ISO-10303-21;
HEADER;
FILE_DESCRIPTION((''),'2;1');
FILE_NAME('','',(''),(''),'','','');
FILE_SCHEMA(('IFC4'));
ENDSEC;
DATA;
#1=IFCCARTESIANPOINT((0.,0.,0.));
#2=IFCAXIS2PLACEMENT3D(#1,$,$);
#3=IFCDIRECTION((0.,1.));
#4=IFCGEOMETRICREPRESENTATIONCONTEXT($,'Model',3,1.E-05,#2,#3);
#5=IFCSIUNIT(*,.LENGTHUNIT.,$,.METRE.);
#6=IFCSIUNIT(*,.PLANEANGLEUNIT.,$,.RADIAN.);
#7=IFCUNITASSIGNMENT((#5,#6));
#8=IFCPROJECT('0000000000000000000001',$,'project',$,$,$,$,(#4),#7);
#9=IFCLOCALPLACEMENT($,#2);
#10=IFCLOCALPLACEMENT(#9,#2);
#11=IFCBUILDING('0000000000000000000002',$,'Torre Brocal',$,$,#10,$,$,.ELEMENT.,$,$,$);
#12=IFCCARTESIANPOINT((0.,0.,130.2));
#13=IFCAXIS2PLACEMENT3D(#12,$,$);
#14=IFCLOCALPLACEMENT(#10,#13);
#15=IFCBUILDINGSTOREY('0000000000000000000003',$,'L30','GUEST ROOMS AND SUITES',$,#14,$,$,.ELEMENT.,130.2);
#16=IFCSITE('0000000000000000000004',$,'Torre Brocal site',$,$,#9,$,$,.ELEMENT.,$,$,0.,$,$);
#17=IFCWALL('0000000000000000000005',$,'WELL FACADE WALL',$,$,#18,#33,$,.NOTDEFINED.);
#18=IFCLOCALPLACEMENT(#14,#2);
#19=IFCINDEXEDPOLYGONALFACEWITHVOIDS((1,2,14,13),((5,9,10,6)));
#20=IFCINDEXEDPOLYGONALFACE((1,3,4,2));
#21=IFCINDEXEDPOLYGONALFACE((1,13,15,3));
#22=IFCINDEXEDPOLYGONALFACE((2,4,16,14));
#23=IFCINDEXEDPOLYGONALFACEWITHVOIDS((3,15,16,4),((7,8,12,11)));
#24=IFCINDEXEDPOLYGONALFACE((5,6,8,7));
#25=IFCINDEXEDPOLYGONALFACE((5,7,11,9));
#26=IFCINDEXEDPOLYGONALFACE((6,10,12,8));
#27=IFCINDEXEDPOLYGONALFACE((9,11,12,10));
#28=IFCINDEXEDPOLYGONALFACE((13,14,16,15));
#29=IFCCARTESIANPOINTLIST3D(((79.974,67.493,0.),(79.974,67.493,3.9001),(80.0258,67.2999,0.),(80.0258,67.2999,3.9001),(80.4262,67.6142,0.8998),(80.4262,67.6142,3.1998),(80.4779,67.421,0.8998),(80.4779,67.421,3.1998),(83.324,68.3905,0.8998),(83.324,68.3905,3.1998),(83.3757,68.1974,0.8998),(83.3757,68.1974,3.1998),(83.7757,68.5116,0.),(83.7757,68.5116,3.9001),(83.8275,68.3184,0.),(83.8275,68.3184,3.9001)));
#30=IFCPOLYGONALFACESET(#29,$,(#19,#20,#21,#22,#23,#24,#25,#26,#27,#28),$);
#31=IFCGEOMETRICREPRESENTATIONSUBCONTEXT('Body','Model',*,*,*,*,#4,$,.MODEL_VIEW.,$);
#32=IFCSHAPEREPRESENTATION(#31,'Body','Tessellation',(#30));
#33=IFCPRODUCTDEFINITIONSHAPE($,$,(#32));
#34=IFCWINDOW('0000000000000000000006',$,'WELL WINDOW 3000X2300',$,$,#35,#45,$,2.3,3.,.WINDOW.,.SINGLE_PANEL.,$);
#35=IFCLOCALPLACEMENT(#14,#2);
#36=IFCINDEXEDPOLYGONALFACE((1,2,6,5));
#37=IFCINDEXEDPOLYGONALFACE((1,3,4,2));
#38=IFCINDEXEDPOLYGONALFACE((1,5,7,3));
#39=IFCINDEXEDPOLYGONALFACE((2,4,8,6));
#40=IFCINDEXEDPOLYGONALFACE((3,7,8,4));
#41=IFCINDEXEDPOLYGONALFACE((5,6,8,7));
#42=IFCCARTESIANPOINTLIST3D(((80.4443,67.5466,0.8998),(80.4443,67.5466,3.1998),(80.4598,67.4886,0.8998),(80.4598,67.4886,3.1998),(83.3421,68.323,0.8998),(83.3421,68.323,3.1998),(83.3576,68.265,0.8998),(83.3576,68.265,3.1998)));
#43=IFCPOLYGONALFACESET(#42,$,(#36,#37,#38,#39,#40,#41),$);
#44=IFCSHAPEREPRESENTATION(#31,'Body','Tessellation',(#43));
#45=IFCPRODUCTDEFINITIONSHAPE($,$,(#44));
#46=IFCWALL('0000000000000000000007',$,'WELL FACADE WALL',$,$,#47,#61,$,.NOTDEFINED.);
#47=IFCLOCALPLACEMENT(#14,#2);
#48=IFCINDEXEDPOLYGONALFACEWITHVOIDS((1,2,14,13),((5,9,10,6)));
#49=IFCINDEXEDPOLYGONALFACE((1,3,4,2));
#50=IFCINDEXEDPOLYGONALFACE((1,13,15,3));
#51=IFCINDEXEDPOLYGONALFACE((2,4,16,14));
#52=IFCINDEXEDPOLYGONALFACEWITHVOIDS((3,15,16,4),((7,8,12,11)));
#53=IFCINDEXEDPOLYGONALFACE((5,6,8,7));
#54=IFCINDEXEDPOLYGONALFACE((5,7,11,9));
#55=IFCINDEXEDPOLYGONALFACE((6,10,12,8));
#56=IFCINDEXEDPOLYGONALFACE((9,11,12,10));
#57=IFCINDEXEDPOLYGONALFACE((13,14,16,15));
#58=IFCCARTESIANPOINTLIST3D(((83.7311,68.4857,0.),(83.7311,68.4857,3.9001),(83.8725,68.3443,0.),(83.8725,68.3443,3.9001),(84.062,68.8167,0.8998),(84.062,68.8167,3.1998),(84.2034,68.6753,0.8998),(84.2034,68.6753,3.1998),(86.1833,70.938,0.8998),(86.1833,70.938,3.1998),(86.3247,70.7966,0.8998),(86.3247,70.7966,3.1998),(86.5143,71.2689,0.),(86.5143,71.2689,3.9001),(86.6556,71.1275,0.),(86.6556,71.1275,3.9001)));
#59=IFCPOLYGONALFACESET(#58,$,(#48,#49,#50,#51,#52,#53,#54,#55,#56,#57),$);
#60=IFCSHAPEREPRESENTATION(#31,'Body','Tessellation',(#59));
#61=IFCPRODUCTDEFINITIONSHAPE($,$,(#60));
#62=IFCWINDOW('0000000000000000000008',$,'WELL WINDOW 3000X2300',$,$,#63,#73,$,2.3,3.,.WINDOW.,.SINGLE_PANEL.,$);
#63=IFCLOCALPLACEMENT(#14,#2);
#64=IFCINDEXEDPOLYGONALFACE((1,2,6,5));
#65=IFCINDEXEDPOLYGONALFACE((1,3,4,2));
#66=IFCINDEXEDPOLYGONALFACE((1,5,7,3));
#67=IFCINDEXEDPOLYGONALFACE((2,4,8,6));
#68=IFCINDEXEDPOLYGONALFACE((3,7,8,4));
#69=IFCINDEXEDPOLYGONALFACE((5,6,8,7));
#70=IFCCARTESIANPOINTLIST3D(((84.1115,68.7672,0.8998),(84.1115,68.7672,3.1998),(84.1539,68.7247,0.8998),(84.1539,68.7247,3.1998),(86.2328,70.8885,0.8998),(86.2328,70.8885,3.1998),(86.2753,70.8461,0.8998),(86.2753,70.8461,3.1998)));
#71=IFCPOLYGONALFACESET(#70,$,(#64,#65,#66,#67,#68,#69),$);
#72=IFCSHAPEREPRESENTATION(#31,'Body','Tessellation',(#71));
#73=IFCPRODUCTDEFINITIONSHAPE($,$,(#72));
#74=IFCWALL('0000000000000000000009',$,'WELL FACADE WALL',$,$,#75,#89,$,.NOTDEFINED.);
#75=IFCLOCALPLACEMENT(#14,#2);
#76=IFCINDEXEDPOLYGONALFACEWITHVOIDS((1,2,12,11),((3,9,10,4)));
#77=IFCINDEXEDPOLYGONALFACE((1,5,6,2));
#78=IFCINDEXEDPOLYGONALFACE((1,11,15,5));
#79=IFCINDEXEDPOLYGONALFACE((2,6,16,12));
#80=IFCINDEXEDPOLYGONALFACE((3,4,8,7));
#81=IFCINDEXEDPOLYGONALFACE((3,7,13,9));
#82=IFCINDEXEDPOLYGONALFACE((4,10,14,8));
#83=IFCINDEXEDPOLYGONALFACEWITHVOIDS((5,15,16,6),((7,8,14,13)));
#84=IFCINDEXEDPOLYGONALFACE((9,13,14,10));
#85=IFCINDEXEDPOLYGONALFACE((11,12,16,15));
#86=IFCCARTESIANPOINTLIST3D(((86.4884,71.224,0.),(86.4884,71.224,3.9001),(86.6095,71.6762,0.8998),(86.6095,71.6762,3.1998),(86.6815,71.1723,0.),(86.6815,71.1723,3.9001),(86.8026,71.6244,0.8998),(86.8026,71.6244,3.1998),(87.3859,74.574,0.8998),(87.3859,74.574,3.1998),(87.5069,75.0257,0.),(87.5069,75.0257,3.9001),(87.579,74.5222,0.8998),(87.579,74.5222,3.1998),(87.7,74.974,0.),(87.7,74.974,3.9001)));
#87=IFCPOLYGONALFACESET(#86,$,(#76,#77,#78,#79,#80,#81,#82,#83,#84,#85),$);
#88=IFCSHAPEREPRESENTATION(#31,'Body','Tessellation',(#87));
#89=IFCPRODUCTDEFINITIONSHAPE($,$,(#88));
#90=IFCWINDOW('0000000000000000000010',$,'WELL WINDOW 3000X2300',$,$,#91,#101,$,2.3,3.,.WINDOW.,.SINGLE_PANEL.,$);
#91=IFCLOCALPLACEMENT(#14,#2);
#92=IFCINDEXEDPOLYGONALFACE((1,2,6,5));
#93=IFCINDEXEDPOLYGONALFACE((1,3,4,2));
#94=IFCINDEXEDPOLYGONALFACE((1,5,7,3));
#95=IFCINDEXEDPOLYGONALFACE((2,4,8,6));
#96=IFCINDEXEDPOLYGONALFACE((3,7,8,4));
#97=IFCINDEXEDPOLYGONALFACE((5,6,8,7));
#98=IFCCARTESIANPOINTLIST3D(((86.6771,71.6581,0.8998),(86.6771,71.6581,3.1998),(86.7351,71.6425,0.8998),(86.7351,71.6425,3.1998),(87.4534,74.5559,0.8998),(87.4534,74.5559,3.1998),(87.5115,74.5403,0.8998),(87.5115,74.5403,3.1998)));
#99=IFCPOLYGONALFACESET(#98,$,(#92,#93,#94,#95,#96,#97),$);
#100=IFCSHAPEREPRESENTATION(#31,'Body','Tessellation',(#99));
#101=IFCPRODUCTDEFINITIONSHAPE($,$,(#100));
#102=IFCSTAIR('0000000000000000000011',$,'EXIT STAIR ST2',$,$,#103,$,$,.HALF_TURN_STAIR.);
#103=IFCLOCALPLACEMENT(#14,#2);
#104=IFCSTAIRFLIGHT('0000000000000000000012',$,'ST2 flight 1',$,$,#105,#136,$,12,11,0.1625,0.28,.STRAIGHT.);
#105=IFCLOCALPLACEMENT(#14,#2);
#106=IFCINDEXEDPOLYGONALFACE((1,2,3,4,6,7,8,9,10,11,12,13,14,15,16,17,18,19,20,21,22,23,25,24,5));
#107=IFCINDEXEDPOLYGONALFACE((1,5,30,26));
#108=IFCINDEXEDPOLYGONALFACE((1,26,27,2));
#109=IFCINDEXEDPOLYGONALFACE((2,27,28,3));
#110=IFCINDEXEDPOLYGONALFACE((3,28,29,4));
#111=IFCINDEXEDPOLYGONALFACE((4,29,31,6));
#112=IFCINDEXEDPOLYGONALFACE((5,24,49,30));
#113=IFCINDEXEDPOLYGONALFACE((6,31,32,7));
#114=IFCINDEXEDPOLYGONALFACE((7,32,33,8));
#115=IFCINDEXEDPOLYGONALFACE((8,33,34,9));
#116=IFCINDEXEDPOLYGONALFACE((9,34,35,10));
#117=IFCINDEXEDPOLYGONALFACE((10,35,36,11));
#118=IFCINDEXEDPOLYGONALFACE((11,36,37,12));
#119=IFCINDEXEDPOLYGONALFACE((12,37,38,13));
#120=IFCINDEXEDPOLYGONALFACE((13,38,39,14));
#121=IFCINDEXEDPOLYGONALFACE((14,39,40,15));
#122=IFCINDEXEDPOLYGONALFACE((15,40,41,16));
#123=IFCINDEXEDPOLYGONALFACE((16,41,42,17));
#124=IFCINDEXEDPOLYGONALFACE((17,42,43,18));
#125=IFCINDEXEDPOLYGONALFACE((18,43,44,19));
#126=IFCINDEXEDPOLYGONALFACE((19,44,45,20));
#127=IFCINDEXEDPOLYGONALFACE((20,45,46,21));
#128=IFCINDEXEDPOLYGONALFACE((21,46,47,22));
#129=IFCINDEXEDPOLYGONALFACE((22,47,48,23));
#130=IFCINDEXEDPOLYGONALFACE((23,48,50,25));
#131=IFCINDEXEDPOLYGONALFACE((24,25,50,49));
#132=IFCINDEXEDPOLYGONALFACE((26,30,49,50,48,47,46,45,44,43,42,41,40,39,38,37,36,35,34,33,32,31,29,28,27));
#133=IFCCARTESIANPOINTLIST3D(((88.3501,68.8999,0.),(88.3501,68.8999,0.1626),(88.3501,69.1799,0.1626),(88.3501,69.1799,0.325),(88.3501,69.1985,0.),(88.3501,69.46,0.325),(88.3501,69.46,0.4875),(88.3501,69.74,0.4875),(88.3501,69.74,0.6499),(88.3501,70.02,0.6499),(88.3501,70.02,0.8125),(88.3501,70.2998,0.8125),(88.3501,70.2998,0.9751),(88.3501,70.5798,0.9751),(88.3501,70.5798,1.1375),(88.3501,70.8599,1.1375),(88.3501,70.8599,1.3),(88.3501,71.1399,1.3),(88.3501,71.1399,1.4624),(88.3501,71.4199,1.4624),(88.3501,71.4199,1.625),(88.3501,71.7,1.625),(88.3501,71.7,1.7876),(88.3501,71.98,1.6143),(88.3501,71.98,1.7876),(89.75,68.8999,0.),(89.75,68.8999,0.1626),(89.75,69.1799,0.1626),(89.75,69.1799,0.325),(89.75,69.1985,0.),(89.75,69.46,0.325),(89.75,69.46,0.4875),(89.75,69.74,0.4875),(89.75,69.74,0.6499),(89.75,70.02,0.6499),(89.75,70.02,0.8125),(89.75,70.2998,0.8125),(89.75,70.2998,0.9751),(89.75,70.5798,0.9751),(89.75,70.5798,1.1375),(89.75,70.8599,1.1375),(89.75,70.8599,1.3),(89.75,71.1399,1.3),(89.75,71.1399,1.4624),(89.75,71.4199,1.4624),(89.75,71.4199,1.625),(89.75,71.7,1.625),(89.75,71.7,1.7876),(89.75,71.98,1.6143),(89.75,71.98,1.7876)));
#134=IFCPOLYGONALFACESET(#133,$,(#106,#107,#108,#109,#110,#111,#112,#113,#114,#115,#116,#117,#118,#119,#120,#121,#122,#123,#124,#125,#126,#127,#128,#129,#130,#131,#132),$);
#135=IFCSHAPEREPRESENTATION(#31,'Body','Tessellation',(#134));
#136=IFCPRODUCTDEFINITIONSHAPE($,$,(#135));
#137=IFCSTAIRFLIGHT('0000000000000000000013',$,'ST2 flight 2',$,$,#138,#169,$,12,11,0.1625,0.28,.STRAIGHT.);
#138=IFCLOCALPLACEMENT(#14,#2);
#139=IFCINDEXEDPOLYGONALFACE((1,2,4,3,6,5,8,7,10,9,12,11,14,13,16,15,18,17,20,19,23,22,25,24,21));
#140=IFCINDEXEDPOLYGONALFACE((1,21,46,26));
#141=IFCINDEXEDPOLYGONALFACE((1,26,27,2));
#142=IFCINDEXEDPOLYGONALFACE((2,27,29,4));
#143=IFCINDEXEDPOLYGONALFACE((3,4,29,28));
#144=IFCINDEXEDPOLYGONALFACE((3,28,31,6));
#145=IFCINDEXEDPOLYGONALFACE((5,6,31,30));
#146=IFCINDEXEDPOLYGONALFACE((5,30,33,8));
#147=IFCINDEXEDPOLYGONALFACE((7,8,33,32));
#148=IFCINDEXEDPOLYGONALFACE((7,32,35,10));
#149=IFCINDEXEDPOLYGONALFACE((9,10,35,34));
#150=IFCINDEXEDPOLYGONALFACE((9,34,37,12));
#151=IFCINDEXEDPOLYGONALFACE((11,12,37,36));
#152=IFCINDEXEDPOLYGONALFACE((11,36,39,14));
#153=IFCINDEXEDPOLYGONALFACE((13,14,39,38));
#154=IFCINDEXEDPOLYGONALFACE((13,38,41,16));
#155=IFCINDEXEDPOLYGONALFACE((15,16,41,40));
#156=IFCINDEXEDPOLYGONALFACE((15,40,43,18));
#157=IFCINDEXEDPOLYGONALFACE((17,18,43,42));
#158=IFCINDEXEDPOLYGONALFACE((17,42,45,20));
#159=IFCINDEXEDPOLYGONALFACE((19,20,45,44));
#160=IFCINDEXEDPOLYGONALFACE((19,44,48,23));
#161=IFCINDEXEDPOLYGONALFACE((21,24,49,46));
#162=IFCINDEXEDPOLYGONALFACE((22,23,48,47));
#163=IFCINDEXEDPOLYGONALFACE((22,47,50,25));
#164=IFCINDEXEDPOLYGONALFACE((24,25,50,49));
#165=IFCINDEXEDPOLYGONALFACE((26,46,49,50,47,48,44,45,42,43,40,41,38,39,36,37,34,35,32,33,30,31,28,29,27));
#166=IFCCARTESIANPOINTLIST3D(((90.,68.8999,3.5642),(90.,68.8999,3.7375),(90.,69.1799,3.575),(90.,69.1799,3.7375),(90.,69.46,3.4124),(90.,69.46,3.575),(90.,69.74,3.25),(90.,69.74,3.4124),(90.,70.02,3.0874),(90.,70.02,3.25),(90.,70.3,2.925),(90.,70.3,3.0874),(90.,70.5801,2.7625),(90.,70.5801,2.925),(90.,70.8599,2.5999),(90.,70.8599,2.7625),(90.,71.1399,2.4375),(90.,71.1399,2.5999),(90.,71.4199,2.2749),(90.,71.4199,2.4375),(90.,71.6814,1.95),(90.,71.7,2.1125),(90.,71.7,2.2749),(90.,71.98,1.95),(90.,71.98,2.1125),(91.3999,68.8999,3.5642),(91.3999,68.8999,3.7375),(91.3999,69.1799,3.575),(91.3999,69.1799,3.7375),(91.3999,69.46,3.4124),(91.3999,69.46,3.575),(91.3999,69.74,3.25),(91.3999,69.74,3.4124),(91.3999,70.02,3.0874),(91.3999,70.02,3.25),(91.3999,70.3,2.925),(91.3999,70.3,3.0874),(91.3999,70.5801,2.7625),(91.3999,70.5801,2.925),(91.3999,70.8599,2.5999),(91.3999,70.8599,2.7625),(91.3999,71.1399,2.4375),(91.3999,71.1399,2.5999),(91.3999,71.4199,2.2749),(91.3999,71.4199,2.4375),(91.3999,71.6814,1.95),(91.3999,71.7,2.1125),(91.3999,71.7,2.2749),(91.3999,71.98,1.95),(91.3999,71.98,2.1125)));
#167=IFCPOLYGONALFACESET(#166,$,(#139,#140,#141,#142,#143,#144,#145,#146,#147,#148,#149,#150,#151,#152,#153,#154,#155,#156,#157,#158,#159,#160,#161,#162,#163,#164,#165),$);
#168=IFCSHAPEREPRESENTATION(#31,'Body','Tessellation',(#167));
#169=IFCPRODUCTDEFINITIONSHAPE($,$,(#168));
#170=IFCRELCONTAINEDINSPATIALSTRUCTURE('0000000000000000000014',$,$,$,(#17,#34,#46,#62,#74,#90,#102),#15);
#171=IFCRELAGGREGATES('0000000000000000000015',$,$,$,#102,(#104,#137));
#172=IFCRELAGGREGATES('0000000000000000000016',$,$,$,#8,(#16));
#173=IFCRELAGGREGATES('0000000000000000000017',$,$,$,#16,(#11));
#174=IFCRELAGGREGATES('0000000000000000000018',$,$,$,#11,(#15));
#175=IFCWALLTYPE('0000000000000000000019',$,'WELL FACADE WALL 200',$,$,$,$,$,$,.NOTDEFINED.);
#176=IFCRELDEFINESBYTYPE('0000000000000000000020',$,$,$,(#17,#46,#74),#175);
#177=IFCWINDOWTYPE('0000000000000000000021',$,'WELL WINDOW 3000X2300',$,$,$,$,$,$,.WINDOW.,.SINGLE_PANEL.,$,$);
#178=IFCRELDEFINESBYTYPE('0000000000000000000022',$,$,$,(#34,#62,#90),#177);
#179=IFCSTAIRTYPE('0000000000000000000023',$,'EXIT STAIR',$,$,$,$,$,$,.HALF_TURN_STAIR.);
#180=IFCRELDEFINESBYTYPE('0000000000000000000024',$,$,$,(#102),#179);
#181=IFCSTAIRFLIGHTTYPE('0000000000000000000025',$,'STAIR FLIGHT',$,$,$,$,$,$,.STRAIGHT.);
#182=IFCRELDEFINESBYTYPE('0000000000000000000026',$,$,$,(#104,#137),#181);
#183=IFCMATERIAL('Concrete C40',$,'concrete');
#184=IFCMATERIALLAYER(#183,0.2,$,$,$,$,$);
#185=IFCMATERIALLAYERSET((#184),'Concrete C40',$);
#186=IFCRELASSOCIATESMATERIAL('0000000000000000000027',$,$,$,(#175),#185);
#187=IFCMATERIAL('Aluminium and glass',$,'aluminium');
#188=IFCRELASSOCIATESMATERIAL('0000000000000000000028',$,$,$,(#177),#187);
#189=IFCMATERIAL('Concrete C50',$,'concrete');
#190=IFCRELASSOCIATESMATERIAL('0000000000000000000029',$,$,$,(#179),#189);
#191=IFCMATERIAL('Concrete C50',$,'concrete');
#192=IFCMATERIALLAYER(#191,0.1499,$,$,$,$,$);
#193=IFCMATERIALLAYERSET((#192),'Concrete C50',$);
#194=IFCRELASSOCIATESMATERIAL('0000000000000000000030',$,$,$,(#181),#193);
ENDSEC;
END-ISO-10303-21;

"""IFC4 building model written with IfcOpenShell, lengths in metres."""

from ifc_helpers import new_model, si_unit, direction, frame, frame_2d, origin, place, context, subcontext, project, spatial, polyline, rectangle, outline, extrude, material, layer, layer_set, type_object, element, fill, aggregate, save


model = new_model("IFC4")

# Units and contexts
model_context = context("Model", 3, precision=1e-05, world=origin(), true_north=direction((0.0, 1.0)))
body_context = subcontext(model_context, "Body", "Model", "MODEL_VIEW")
ifc_project = project(units=[si_unit("LENGTHUNIT", "METRE"), si_unit("PLANEANGLEUNIT", "RADIAN")], contexts=[model_context])

# Site, building, storey
site_placement = place(None, origin())
site = spatial("IfcSite", under=ifc_project, at=site_placement, Name="Torre Brocal site", CompositionType="ELEMENT", RefElevation=0.0)
building_placement = place(site_placement, origin())
building = spatial("IfcBuilding", under=site, at=building_placement, Name="Torre Brocal", CompositionType="ELEMENT")
storey_placement = place(building_placement, frame((0.0, 0.0, 130.2)))
storey = spatial("IfcBuildingStorey", under=building, at=storey_placement, Name="L30", Description="GUEST ROOMS AND SUITES", CompositionType="ELEMENT", Elevation=130.2)

# Walls, openings, windows
ifc_material_1 = material(Name="Concrete C40", Category="concrete")
ifc_layer_1 = layer(ifc_material_1, 0.2)
ifc_layer_set_1 = layer_set([ifc_layer_1], Name="Concrete C40")
wall_type_1 = type_object("IfcWallType", Name="WELL FACADE WALL 200", PredefinedType="NOTDEFINED", material=ifc_layer_set_1)
ifc_material_2 = material(Name="Aluminium and glass", Category="aluminium")
window_type = type_object("IfcWindowType", Name="WELL WINDOW 3000X2300", PartitioningType="SINGLE_PANEL", PredefinedType="WINDOW", material=ifc_material_2)
wall_1_placement = place(storey_placement, frame((80.0, 67.3965, 0.0), z_axis=(0.0, 0.0, 1.0), x_axis=(0.965934, 0.25879, 0.0)))
wall_1 = element("IfcWall", 1, at=wall_1_placement, inside=storey, type_object=wall_type_1, Name="WELL FACADE WALL", PredefinedType="NOTDEFINED", context=body_context, shape_type="SweptSolid", body=[
    extrude(rectangle(XDim=3.9358, YDim=0.2, at=frame_2d((1.9678, 0.0))), origin(), (0.0, 0.0, 1.0), 3.9001),
])
opening_1_placement = place(wall_1_placement, frame((0.468, 0.0, 0.8999)))
opening_1 = element("IfcOpeningElement", 2, at=opening_1_placement, cuts=wall_1, PredefinedType="OPENING", context=body_context, shape_type="SweptSolid", body=[
    extrude(rectangle(XDim=3.0, YDim=2.3, at=frame_2d((1.5, 1.1499))), frame((0.0, 0.1099, 0.0), z_axis=(0.0, -1.0, 0.0), x_axis=(1.0, 0.0, 0.0)), (0.0, 0.0, 1.0), 0.22),
])
window_1_placement = place(opening_1_placement, origin())
window_1 = element("IfcWindow", 3, at=window_1_placement, inside=storey, type_object=window_type, Name="WELL WINDOW 3000X2300", OverallHeight=2.3, OverallWidth=3.0, PartitioningType="SINGLE_PANEL", PredefinedType="WINDOW", context=body_context, shape_type="SweptSolid", body=[
    extrude(rectangle(XDim=3.0, YDim=2.3, at=frame_2d((1.5, 1.1499))), frame((0.0, 0.03, 0.0), z_axis=(0.0, -1.0, 0.0), x_axis=(1.0, 0.0, 0.0)), (0.0, 0.0, 1.0), 0.0601),
])
fill(opening_1, window_1)
wall_2_placement = place(storey_placement, frame((83.8018, 68.415, 0.0), z_axis=(0.0, 0.0, 1.0), x_axis=(0.707107, 0.707107, 0.0)))
wall_2 = element("IfcWall", 4, at=wall_2_placement, inside=storey, type_object=wall_type_1, Name="WELL FACADE WALL", PredefinedType="NOTDEFINED", context=body_context, shape_type="SweptSolid", body=[
    extrude(rectangle(XDim=3.936, YDim=0.2, at=frame_2d((1.968, 0.0))), origin(), (0.0, 0.0, 1.0), 3.9001),
])
opening_2_placement = place(wall_2_placement, frame((0.468, 0.0, 0.8999)))
opening_2 = element("IfcOpeningElement", 5, at=opening_2_placement, cuts=wall_2, PredefinedType="OPENING", context=body_context, shape_type="SweptSolid", body=[
    extrude(rectangle(XDim=3.0, YDim=2.3, at=frame_2d((1.5, 1.1499))), frame((0.0, 0.1099, 0.0), z_axis=(0.0, -1.0, 0.0), x_axis=(1.0, 0.0, 0.0)), (0.0, 0.0, 1.0), 0.22),
])
window_2_placement = place(opening_2_placement, origin())
window_2 = element("IfcWindow", 6, at=window_2_placement, inside=storey, type_object=window_type, Name="WELL WINDOW 3000X2300", OverallHeight=2.3, OverallWidth=3.0, PartitioningType="SINGLE_PANEL", PredefinedType="WINDOW", context=body_context, shape_type="SweptSolid", body=[
    extrude(rectangle(XDim=3.0, YDim=2.3, at=frame_2d((1.5, 1.1499))), frame((0.0, 0.03, 0.0), z_axis=(0.0, -1.0, 0.0), x_axis=(1.0, 0.0, 0.0)), (0.0, 0.0, 1.0), 0.0601),
])
fill(opening_2, window_2)
wall_3_placement = place(storey_placement, frame((86.585, 71.1982, 0.0), z_axis=(0.0, 0.0, 1.0), x_axis=(0.25879, 0.965934, 0.0)))
wall_3 = element("IfcWall", 7, at=wall_3_placement, inside=storey, type_object=wall_type_1, Name="WELL FACADE WALL", PredefinedType="NOTDEFINED", context=body_context, shape_type="SweptSolid", body=[
    extrude(rectangle(XDim=3.9358, YDim=0.2, at=frame_2d((1.9678, 0.0))), origin(), (0.0, 0.0, 1.0), 3.9001),
])
opening_3_placement = place(wall_3_placement, frame((0.468, 0.0, 0.8999)))
opening_3 = element("IfcOpeningElement", 8, at=opening_3_placement, cuts=wall_3, PredefinedType="OPENING", context=body_context, shape_type="SweptSolid", body=[
    extrude(rectangle(XDim=3.0, YDim=2.3, at=frame_2d((1.5, 1.1499))), frame((0.0, 0.1099, 0.0), z_axis=(0.0, -1.0, 0.0), x_axis=(1.0, 0.0, 0.0)), (0.0, 0.0, 1.0), 0.22),
])
window_3_placement = place(opening_3_placement, origin())
window_3 = element("IfcWindow", 9, at=window_3_placement, inside=storey, type_object=window_type, Name="WELL WINDOW 3000X2300", OverallHeight=2.3, OverallWidth=3.0, PartitioningType="SINGLE_PANEL", PredefinedType="WINDOW", context=body_context, shape_type="SweptSolid", body=[
    extrude(rectangle(XDim=3.0, YDim=2.3, at=frame_2d((1.5, 1.1499))), frame((0.0, 0.03, 0.0), z_axis=(0.0, -1.0, 0.0), x_axis=(1.0, 0.0, 0.0)), (0.0, 0.0, 1.0), 0.0601),
])
fill(opening_3, window_3)

# Stair, stair flights
ifc_material_3 = material(Name="Concrete C50", Category="concrete")
stair_type = type_object("IfcStairType", Name="EXIT STAIR", PredefinedType="HALF_TURN_STAIR", material=ifc_material_3)
stair_placement = place(storey_placement, origin())
stair = element("IfcStair", 10, at=stair_placement, inside=storey, type_object=stair_type, Name="EXIT STAIR ST2", PredefinedType="HALF_TURN_STAIR")
ifc_material_4 = material(Name="Concrete C50", Category="concrete")
ifc_layer_2 = layer(ifc_material_4, 0.1499)
ifc_layer_set_2 = layer_set([ifc_layer_2], Name="Concrete C50")
stair_flight_type = type_object("IfcStairFlightType", Name="STAIR FLIGHT", PredefinedType="STRAIGHT", material=ifc_layer_set_2)
stair_flight_1_placement = place(storey_placement, frame((89.05, 68.8999, 0.0), z_axis=(0.0, 0.0, 1.0), x_axis=(0.0, 1.0, 0.0)))
stair_flight_1 = element("IfcStairFlight", 11, at=stair_flight_1_placement, type_object=stair_flight_type, Name="ST2 flight 1", NumberOfRisers=12, NumberOfTreads=11, PredefinedType="STRAIGHT", RiserHeight=0.1625, TreadLength=0.28, context=body_context, shape_type="SweptSolid", body=[
    extrude(outline(polyline([(0.0, 0.0), (0.0, 0.1626), (0.28, 0.1626), (0.28, 0.325), (0.5601, 0.325), (0.5601, 0.4875), (0.8401, 0.4875), (0.8401, 0.6499), (1.1201, 0.6499), (1.1201, 0.8125), (1.3999, 0.8125), (1.3999, 0.9751), (1.6799, 0.9751), (1.6799, 1.1375), (1.96, 1.1375), (1.96, 1.3), (2.24, 1.3), (2.24, 1.4624), (2.52, 1.4624), (2.52, 1.625), (2.8, 1.625), (2.8, 1.7876), (3.0801, 1.7876), (3.0801, 1.95), (3.0801, 1.6143), (0.2986, 0.0), (0.0, 0.0)])), frame((0.0, 0.7, 0.0), z_axis=(0.0, -1.0, 0.0), x_axis=(1.0, 0.0, 0.0)), (0.0, 0.0, 1.0), 1.3999),
])
stair_flight_2_placement = place(storey_placement, frame((90.7, 71.98, 1.95), z_axis=(0.0, 0.0, 1.0), x_axis=(0.0, -1.0, 0.0)))
stair_flight_2 = element("IfcStairFlight", 12, at=stair_flight_2_placement, type_object=stair_flight_type, Name="ST2 flight 2", NumberOfRisers=12, NumberOfTreads=11, PredefinedType="STRAIGHT", RiserHeight=0.1625, TreadLength=0.28, context=body_context, shape_type="SweptSolid", body=[
    extrude(outline(polyline([(0.0, 0.0), (0.0, 0.1626), (0.28, 0.1626), (0.28, 0.325), (0.5601, 0.325), (0.5601, 0.4875), (0.8401, 0.4875), (0.8401, 0.6499), (1.1201, 0.6499), (1.1201, 0.8125), (1.3999, 0.8125), (1.3999, 0.9751), (1.6799, 0.9751), (1.6799, 1.1375), (1.96, 1.1375), (1.96, 1.3), (2.24, 1.3), (2.24, 1.4624), (2.52, 1.4624), (2.52, 1.625), (2.8, 1.625), (2.8, 1.7876), (3.0801, 1.7876), (3.0801, 1.95), (3.0801, 1.6143), (0.2986, 0.0), (0.0, 0.0)])), frame((0.0, 0.7, 0.0), z_axis=(0.0, -1.0, 0.0), x_axis=(1.0, 0.0, 0.0)), (0.0, 0.0, 1.0), 1.3999),
])
aggregate(stair, [stair_flight_1, stair_flight_2])

save(model, "model.ifc")
